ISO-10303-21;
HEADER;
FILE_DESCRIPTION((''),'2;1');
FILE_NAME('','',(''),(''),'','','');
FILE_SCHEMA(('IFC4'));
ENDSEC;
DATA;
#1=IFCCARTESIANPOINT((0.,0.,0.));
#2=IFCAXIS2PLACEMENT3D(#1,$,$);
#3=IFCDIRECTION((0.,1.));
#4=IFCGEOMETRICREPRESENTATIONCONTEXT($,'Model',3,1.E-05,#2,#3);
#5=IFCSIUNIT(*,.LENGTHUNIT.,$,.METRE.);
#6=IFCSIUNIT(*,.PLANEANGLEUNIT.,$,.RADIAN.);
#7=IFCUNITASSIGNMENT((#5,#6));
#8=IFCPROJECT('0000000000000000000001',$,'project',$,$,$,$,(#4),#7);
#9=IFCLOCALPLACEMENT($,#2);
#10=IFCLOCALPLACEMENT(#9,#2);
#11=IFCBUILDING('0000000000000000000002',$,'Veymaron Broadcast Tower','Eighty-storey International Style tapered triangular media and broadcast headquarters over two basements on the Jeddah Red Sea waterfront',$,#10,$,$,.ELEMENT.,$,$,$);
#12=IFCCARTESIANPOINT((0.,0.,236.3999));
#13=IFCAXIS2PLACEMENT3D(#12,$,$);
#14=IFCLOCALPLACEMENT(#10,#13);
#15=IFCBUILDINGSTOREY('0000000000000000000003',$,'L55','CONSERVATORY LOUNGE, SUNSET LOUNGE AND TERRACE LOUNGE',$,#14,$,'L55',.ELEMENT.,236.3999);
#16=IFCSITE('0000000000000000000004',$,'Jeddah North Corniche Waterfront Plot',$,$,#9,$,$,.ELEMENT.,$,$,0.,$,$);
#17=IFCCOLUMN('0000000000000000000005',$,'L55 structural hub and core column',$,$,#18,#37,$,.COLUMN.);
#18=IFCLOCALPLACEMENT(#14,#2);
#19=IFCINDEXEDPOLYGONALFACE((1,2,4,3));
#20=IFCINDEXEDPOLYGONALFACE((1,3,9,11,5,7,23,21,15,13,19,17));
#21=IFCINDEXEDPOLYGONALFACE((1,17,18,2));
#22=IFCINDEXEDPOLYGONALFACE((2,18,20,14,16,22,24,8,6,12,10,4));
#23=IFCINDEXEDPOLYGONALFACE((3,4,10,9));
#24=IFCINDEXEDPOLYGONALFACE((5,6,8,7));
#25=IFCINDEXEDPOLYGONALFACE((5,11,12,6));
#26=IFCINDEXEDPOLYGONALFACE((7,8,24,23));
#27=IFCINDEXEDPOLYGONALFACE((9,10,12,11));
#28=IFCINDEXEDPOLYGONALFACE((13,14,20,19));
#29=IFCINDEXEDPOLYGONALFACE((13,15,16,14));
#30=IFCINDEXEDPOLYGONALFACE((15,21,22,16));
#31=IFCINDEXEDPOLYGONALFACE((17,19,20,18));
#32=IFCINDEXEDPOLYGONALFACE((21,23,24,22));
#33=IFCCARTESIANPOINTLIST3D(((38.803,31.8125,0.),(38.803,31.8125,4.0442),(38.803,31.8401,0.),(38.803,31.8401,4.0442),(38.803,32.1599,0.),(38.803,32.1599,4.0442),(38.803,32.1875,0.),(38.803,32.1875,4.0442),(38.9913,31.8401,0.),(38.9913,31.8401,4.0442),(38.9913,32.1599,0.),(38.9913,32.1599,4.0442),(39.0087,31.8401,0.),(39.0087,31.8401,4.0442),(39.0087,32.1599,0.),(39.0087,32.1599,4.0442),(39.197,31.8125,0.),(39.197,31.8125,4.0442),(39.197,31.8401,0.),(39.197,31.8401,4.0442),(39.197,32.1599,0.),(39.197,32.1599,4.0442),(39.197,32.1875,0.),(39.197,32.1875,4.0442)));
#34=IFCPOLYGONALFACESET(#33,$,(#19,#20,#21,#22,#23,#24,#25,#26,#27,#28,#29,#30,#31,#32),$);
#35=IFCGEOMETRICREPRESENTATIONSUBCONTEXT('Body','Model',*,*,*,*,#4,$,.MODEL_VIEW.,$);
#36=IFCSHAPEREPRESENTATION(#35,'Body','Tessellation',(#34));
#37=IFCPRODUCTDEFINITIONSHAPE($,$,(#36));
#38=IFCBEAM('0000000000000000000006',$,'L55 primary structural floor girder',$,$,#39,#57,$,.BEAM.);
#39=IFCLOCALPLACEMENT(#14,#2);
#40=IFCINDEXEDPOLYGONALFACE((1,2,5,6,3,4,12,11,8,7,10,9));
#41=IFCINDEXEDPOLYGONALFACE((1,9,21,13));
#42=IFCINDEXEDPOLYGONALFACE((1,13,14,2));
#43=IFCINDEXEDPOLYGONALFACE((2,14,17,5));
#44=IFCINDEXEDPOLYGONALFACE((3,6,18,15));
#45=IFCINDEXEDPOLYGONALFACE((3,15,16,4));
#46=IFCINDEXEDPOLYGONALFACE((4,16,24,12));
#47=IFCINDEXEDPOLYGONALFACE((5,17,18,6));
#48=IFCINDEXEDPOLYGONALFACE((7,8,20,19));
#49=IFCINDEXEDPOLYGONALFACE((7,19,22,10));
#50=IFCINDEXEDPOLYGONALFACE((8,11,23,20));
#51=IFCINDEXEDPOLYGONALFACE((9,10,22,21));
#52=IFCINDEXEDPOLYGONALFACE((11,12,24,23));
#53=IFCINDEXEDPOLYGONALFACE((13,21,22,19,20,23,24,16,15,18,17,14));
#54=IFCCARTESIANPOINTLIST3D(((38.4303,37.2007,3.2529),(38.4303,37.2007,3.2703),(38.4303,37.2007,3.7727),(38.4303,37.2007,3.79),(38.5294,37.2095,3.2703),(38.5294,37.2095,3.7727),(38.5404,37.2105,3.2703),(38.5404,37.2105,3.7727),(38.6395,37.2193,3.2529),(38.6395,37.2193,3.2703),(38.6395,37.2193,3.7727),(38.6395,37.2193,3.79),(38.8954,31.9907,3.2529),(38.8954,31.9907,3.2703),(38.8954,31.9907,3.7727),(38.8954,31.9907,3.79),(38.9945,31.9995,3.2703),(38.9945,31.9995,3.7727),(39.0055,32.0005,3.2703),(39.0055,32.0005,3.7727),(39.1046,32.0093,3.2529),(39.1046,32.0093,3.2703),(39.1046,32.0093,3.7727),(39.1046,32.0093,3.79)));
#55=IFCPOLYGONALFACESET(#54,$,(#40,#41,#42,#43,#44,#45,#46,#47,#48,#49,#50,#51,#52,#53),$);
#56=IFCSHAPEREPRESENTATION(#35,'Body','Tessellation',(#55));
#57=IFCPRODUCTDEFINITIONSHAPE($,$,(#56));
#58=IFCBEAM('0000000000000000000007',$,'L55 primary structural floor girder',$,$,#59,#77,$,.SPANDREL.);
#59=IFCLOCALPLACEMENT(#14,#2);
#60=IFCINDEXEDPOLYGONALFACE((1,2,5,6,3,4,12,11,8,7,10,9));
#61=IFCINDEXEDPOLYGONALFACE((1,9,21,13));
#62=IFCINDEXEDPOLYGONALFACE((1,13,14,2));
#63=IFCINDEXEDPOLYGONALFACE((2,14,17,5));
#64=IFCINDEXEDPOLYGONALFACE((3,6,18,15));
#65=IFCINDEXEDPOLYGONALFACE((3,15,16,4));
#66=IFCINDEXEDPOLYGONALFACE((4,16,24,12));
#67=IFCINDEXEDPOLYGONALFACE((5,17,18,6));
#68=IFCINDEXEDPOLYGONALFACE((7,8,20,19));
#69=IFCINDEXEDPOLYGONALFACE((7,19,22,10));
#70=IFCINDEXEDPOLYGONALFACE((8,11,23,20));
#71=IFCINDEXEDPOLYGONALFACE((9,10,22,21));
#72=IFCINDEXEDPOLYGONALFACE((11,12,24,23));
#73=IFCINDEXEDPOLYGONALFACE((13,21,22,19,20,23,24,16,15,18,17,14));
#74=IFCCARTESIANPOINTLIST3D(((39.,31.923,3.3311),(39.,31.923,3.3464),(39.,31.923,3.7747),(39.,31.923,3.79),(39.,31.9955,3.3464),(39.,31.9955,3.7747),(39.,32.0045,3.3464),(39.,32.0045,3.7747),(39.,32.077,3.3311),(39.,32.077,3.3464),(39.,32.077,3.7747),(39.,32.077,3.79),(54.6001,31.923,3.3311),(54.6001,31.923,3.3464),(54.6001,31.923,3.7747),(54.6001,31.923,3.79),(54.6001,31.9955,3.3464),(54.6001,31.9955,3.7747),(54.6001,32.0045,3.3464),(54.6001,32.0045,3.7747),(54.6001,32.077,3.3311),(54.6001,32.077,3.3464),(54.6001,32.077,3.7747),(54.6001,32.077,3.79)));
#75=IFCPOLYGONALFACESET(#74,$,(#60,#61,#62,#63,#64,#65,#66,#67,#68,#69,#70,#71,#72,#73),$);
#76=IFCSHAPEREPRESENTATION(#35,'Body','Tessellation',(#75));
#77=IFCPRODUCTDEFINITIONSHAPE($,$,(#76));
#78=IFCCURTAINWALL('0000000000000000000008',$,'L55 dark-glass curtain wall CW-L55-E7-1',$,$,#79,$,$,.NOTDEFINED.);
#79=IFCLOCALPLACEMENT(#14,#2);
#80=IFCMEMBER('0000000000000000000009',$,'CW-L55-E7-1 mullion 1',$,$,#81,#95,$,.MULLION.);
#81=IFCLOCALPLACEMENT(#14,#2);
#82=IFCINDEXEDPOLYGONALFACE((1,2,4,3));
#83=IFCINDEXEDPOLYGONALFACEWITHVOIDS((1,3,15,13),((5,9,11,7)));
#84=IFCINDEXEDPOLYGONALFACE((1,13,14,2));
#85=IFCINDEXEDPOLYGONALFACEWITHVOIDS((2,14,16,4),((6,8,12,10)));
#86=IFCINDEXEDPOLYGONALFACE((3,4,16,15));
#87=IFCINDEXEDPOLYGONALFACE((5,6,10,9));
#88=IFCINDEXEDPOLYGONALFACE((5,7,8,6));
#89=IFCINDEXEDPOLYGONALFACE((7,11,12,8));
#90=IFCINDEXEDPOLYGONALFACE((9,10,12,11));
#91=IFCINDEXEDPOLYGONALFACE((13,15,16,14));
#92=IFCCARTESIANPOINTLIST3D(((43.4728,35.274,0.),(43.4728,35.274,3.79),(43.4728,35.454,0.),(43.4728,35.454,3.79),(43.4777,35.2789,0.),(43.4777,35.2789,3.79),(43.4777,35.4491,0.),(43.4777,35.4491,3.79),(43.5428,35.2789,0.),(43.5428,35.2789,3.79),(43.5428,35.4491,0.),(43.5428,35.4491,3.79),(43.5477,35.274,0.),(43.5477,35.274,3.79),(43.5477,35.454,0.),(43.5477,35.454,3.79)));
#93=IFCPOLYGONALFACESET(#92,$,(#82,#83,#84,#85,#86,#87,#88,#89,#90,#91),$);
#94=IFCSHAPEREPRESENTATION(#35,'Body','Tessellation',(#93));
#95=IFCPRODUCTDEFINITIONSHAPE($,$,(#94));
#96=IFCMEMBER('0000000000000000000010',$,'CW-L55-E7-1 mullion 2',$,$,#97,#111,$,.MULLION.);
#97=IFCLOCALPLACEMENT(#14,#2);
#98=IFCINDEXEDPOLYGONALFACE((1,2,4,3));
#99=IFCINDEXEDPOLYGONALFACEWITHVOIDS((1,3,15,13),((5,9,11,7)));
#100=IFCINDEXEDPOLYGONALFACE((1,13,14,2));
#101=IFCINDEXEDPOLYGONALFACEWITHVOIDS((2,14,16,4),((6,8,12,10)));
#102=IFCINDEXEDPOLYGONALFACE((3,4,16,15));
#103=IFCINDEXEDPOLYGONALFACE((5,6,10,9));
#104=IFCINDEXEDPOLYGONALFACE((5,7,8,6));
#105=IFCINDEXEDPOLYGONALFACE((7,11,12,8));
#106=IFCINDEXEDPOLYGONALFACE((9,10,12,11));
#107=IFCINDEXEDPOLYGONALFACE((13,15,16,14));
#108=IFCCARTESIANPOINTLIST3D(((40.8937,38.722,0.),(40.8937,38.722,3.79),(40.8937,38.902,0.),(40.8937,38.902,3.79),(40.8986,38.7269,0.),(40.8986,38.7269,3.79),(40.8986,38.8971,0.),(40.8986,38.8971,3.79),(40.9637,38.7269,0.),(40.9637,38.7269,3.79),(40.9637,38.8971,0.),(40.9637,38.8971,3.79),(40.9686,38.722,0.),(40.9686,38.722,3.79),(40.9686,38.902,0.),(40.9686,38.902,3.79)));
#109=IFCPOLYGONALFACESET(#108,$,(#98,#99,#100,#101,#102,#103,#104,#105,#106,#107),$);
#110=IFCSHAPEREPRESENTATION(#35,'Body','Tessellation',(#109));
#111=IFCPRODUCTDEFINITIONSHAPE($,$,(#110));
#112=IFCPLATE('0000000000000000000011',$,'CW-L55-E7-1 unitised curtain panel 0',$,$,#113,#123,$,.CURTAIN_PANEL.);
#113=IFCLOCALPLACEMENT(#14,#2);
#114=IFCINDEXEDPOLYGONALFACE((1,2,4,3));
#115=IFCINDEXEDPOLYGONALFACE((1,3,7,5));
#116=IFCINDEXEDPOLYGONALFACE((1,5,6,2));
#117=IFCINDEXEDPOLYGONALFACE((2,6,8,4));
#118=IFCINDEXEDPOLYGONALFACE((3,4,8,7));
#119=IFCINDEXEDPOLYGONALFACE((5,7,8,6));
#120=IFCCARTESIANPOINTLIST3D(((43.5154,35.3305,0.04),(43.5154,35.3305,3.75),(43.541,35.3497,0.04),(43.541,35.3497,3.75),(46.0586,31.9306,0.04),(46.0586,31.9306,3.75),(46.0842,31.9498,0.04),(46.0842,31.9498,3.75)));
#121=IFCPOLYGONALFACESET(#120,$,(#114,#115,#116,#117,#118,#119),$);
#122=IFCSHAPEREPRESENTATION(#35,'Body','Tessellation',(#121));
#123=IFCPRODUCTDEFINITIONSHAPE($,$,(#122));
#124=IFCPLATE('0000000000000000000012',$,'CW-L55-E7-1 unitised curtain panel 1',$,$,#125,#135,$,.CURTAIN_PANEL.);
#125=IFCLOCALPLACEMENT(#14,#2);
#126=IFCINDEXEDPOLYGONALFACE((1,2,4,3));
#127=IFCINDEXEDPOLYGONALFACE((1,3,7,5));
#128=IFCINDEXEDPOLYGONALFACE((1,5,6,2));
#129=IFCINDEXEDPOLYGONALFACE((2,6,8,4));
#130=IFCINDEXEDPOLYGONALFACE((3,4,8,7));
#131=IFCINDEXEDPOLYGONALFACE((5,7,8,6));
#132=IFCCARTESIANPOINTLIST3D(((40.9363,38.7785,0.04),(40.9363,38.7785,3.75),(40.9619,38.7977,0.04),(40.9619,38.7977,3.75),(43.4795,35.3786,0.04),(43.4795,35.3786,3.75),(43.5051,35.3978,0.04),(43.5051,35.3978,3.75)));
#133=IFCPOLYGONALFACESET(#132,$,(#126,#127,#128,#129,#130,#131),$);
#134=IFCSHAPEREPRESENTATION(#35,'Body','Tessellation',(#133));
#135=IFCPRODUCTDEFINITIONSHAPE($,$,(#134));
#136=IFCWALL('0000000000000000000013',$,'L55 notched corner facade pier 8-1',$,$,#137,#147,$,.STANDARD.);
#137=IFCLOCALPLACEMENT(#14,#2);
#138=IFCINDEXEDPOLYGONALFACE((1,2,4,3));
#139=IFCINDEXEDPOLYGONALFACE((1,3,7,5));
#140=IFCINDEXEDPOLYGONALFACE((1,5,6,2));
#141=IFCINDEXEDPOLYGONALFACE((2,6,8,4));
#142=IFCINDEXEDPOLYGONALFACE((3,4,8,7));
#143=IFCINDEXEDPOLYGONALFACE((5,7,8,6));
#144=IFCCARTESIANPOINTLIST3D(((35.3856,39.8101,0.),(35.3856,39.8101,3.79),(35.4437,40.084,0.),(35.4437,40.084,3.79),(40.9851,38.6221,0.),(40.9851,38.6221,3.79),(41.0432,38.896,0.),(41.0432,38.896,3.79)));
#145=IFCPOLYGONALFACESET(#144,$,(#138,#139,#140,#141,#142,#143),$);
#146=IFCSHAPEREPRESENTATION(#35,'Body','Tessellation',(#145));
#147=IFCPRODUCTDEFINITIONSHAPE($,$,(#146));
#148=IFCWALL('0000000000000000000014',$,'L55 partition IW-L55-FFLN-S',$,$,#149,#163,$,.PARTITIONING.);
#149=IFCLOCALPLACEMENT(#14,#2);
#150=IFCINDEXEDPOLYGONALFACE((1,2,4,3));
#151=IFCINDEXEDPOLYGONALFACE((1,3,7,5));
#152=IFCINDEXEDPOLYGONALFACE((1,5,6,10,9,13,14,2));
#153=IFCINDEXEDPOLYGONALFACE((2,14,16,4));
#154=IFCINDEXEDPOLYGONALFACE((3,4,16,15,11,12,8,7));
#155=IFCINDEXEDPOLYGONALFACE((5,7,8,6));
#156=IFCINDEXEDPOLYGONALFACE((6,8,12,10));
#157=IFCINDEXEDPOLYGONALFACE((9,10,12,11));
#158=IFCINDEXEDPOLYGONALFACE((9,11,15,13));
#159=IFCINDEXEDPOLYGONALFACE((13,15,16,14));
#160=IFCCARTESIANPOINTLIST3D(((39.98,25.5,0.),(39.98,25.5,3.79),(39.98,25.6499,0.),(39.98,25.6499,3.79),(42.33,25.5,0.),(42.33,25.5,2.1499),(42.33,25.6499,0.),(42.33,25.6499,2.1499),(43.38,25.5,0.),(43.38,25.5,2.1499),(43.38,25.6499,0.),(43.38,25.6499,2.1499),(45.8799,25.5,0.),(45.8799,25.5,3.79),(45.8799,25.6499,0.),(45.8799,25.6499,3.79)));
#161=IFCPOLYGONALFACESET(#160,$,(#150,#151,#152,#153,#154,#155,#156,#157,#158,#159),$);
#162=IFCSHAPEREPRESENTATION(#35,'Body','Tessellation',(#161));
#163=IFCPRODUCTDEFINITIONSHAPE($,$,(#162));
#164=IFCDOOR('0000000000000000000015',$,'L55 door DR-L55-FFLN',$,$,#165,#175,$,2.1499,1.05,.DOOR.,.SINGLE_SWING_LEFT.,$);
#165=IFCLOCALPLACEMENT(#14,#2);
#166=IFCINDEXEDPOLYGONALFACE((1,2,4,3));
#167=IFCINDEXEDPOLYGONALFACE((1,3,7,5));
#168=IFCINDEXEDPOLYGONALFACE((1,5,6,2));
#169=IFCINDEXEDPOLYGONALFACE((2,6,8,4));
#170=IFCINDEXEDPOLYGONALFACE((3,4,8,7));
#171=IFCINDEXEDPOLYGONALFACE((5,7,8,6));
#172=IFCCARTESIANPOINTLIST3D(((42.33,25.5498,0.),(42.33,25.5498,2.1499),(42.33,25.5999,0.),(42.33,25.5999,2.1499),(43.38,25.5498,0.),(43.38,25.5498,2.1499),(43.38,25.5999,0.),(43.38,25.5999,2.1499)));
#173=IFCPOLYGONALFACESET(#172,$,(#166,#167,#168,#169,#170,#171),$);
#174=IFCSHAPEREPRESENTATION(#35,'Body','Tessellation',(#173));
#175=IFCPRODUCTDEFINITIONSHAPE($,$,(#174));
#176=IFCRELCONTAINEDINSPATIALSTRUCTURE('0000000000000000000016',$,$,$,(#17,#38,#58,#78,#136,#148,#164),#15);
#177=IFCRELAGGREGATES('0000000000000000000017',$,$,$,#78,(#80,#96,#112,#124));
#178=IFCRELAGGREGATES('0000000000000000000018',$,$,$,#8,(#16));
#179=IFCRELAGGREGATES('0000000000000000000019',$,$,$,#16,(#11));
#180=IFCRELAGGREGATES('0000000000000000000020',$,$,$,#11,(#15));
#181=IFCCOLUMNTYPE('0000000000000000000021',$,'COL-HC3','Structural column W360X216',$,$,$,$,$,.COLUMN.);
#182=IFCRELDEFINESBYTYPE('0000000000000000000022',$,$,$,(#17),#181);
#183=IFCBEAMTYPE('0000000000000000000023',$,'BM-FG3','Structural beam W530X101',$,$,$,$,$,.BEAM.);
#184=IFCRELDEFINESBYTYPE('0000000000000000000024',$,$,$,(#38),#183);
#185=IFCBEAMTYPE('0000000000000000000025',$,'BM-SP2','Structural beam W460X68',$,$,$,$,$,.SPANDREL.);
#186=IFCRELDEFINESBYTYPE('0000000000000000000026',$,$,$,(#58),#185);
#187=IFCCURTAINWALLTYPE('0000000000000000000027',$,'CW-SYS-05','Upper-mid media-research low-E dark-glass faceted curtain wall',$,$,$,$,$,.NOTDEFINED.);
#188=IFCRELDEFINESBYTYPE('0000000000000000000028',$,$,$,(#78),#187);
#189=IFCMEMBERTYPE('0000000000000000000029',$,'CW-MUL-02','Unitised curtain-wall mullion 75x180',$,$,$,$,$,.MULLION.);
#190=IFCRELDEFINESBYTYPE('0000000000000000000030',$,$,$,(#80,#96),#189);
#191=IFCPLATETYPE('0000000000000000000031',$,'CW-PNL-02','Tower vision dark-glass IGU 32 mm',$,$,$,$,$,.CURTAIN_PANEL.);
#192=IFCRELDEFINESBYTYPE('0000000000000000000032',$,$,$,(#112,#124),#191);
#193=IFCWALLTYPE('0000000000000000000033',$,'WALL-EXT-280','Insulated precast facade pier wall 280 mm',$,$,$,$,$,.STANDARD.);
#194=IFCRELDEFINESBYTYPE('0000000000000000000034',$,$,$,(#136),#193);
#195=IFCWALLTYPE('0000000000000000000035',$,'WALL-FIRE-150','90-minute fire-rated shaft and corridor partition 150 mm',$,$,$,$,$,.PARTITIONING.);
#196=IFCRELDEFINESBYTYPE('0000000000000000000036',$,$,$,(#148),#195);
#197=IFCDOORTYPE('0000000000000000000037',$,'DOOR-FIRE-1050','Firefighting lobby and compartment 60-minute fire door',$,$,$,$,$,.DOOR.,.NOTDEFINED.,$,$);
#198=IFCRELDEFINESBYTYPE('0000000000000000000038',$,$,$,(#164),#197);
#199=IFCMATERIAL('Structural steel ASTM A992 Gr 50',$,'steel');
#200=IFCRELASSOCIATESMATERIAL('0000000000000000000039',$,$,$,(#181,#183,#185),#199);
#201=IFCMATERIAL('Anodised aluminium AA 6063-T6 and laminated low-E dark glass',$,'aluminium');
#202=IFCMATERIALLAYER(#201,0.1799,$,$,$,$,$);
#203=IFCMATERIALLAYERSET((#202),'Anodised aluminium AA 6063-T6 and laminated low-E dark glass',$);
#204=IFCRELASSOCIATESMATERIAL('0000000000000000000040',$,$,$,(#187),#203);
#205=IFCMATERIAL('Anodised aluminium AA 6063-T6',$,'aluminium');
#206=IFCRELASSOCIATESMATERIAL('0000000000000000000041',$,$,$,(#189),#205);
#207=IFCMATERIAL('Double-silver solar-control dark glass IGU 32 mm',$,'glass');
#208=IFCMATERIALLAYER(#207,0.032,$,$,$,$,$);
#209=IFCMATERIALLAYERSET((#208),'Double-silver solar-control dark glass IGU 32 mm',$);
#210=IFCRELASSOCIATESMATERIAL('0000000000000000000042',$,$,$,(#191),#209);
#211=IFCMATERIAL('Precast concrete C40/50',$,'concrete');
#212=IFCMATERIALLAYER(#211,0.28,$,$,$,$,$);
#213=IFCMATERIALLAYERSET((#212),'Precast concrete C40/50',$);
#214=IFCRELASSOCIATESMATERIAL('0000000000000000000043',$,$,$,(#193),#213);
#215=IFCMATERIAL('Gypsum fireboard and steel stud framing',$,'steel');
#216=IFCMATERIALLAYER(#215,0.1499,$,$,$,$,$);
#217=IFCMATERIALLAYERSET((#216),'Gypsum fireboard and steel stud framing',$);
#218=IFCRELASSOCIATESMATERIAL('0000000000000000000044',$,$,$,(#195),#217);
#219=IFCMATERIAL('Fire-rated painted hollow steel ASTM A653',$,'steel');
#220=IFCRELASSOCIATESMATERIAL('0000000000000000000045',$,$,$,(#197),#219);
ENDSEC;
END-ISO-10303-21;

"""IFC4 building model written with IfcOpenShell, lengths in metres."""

from ifc_helpers import new_model, si_unit, direction, frame, frame_2d, origin, origin_2d, place, context, subcontext, project, spatial, rectangle, hollow_rectangle, i_section, extrude, material, layer, layer_set, material_profile, profile_set, type_object, element, fill, aggregate, save


model = new_model("IFC4")

# Units and contexts
model_context = context("Model", 3, precision=1e-05, world=origin(), true_north=direction((0.0, 1.0)))
body_context = subcontext(model_context, "Body", "Model", "MODEL_VIEW")
ifc_project = project(units=[si_unit("LENGTHUNIT", "METRE"), si_unit("PLANEANGLEUNIT", "RADIAN")], contexts=[model_context])

# Site, building, storey
site_placement = place(None, origin())
site = spatial("IfcSite", under=ifc_project, at=site_placement, Name="Jeddah North Corniche Waterfront Plot", CompositionType="ELEMENT", RefElevation=0.0)
building_placement = place(site_placement, origin())
building = spatial("IfcBuilding", under=site, at=building_placement, Name="Veymaron Broadcast Tower", Description="Eighty-storey International Style tapered triangular media and broadcast headquarters over two basements on the Jeddah Red Sea waterfront", CompositionType="ELEMENT")
storey_placement = place(building_placement, frame((0.0, 0.0, 236.3999)))
storey = spatial("IfcBuildingStorey", under=building, at=storey_placement, Name="L55", Description="CONSERVATORY LOUNGE, SUNSET LOUNGE AND TERRACE LOUNGE", LongName="L55", CompositionType="ELEMENT", Elevation=236.3999)

# Column
ifc_material_1 = material(Name="Structural steel ASTM A992 Gr 50", Category="steel")
ifc_material_profile_1 = material_profile(ifc_material_1, i_section(OverallWidth=0.394, OverallDepth=0.375, WebThickness=0.0173, FlangeThickness=0.0276, at=origin_2d()), Name="W360X216")
ifc_profile_set_1 = profile_set([ifc_material_profile_1], Name="Structural steel ASTM A992 Gr 50")
column_type = type_object("IfcColumnType", Name="COL-HC3", Description="Structural column W360X216", PredefinedType="COLUMN", material=ifc_profile_set_1)
column_placement = place(storey_placement, frame((39.0, 32.0, 0.0), z_axis=(0.0, 0.0, 1.0), x_axis=(1.0, 0.0, 0.0)))
element("IfcColumn", 1, at=column_placement, inside=storey, type_object=column_type, Name="L55 structural hub and core column", PredefinedType="COLUMN", context=body_context, shape_type="SweptSolid", body=[
    extrude(i_section(OverallWidth=0.394, OverallDepth=0.375, WebThickness=0.0173, FlangeThickness=0.0276, at=origin_2d()), origin(), (0.0, 0.0, 1.0), 4.0442),
])

# Beams
ifc_material_profile_2 = material_profile(ifc_material_1, i_section(OverallWidth=0.21, OverallDepth=0.5371, WebThickness=0.011, FlangeThickness=0.0173, at=origin_2d()), Name="W530X101")
ifc_profile_set_2 = profile_set([ifc_material_profile_2], Name="Structural steel ASTM A992 Gr 50")
beam_type_1 = type_object("IfcBeamType", Name="BM-FG3", Description="Structural beam W530X101", PredefinedType="BEAM", material=ifc_profile_set_2)
beam_1_placement = place(storey_placement, frame((39.0, 32.0, 3.5215), z_axis=(-0.088915, 0.996039, 0.0), x_axis=(-0.996039, -0.088915, 0.0)))
element("IfcBeam", 2, at=beam_1_placement, inside=storey, type_object=beam_type_1, Name="L55 primary structural floor girder", PredefinedType="BEAM", context=body_context, shape_type="SweptSolid", body=[
    extrude(i_section(OverallWidth=0.21, OverallDepth=0.5371, WebThickness=0.011, FlangeThickness=0.0173, at=origin_2d()), origin(), (0.0, 0.0, 1.0), 5.2307),
])
ifc_material_profile_3 = material_profile(ifc_material_1, i_section(OverallWidth=0.1541, OverallDepth=0.459, WebThickness=0.009, FlangeThickness=0.0154, at=origin_2d()), Name="W460X68")
ifc_profile_set_3 = profile_set([ifc_material_profile_3], Name="Structural steel ASTM A992 Gr 50")
beam_type_2 = type_object("IfcBeamType", Name="BM-SP2", Description="Structural beam W460X68", PredefinedType="SPANDREL", material=ifc_profile_set_3)
beam_2_placement = place(storey_placement, frame((39.0, 32.0, 3.5605), z_axis=(1.0, 0.0, 0.0), x_axis=(0.0, 1.0, 0.0)))
element("IfcBeam", 3, at=beam_2_placement, inside=storey, type_object=beam_type_2, Name="L55 primary structural floor girder", PredefinedType="SPANDREL", context=body_context, shape_type="SweptSolid", body=[
    extrude(i_section(OverallWidth=0.1541, OverallDepth=0.459, WebThickness=0.009, FlangeThickness=0.0154, at=origin_2d()), origin(), (0.0, 0.0, 1.0), 15.6001),
])

# Curtain wall, members, plates
ifc_material_2 = material(Name="Anodised aluminium AA 6063-T6 and laminated low-E dark glass", Category="aluminium")
ifc_layer_1 = layer(ifc_material_2, 0.1799)
ifc_layer_set_1 = layer_set([ifc_layer_1], Name="Anodised aluminium AA 6063-T6 and laminated low-E dark glass")
curtain_wall_type = type_object("IfcCurtainWallType", Name="CW-SYS-05", Description="Upper-mid media-research low-E dark-glass faceted curtain wall", PredefinedType="NOTDEFINED", material=ifc_layer_set_1)
curtain_wall_placement = place(storey_placement, origin())
curtain_wall = element("IfcCurtainWall", 4, at=curtain_wall_placement, inside=storey, type_object=curtain_wall_type, Name="L55 dark-glass curtain wall CW-L55-E7-1", PredefinedType="NOTDEFINED")
ifc_material_3 = material(Name="Anodised aluminium AA 6063-T6", Category="aluminium")
ifc_material_profile_4 = material_profile(ifc_material_3, hollow_rectangle(XDim=0.075, YDim=0.1799, WallThickness=0.0049, at=origin_2d()), Name="AL180X75X5")
ifc_profile_set_4 = profile_set([ifc_material_profile_4], Name="Anodised aluminium AA 6063-T6")
member_type = type_object("IfcMemberType", Name="CW-MUL-02", Description="Unitised curtain-wall mullion 75x180", PredefinedType="MULLION", material=ifc_profile_set_4)
member_1_placement = place(storey_placement, frame((43.5103, 35.364, 0.0), z_axis=(0.0, 0.0, 1.0), x_axis=(1.0, 0.0, 0.0)))
member_1 = element("IfcMember", 5, at=member_1_placement, type_object=member_type, Name="CW-L55-E7-1 mullion 1", PredefinedType="MULLION", context=body_context, shape_type="SweptSolid", body=[
    extrude(hollow_rectangle(XDim=0.075, YDim=0.1799, WallThickness=0.0049, at=origin_2d()), origin(), (0.0, 0.0, 1.0), 3.79),
])
member_2_placement = place(storey_placement, frame((40.9312, 38.812, 0.0), z_axis=(0.0, 0.0, 1.0), x_axis=(1.0, 0.0, 0.0)))
member_2 = element("IfcMember", 6, at=member_2_placement, type_object=member_type, Name="CW-L55-E7-1 mullion 2", PredefinedType="MULLION", context=body_context, shape_type="SweptSolid", body=[
    extrude(hollow_rectangle(XDim=0.075, YDim=0.1799, WallThickness=0.0049, at=origin_2d()), origin(), (0.0, 0.0, 1.0), 3.79),
])
ifc_material_4 = material(Name="Double-silver solar-control dark glass IGU 32 mm", Category="glass")
ifc_layer_2 = layer(ifc_material_4, 0.032)
ifc_layer_set_2 = layer_set([ifc_layer_2], Name="Double-silver solar-control dark glass IGU 32 mm")
plate_type = type_object("IfcPlateType", Name="CW-PNL-02", Description="Tower vision dark-glass IGU 32 mm", PredefinedType="CURTAIN_PANEL", material=ifc_layer_set_2)
plate_1_placement = place(storey_placement, frame((44.7998, 33.6401, 0.04), z_axis=(0.0, 0.0, 1.0), x_axis=(-0.598996, 0.800752, 0.0)))
plate_1 = element("IfcPlate", 7, at=plate_1_placement, type_object=plate_type, Name="CW-L55-E7-1 unitised curtain panel 0", PredefinedType="CURTAIN_PANEL", context=body_context, shape_type="SweptSolid", body=[
    extrude(rectangle(XDim=4.2458, YDim=0.032, at=origin_2d()), origin(), (0.0, 0.0, 1.0), 3.71),
])
plate_2_placement = place(storey_placement, frame((42.2207, 37.0881, 0.04), z_axis=(0.0, 0.0, 1.0), x_axis=(-0.598996, 0.800752, 0.0)))
plate_2 = element("IfcPlate", 8, at=plate_2_placement, type_object=plate_type, Name="CW-L55-E7-1 unitised curtain panel 1", PredefinedType="CURTAIN_PANEL", context=body_context, shape_type="SweptSolid", body=[
    extrude(rectangle(XDim=4.2458, YDim=0.032, at=origin_2d()), origin(), (0.0, 0.0, 1.0), 3.71),
])
aggregate(curtain_wall, [member_1, member_2, plate_1, plate_2])

# Wall
ifc_material_5 = material(Name="Precast concrete C40/50", Category="concrete")
ifc_layer_3 = layer(ifc_material_5, 0.28)
ifc_layer_set_3 = layer_set([ifc_layer_3], Name="Precast concrete C40/50")
wall_type_1 = type_object("IfcWallType", Name="WALL-EXT-280", Description="Insulated precast facade pier wall 280 mm", PredefinedType="STANDARD", material=ifc_layer_set_3)
wall_1_placement = place(storey_placement, frame((41.0142, 38.759, 0.0), z_axis=(0.0, 0.0, 1.0), x_axis=(-0.978225, 0.207545, 0.0)))
element("IfcWall", 9, at=wall_1_placement, inside=storey, type_object=wall_type_1, Name="L55 notched corner facade pier 8-1", PredefinedType="STANDARD", context=body_context, shape_type="SweptSolid", body=[
    extrude(rectangle(XDim=5.7241, YDim=0.28, at=frame_2d((2.8621, 0.0))), origin(), (0.0, 0.0, 1.0), 3.79),
])

# Wall, opening, door
ifc_material_6 = material(Name="Gypsum fireboard and steel stud framing", Category="steel")
ifc_layer_4 = layer(ifc_material_6, 0.1499)
ifc_layer_set_4 = layer_set([ifc_layer_4], Name="Gypsum fireboard and steel stud framing")
wall_type_2 = type_object("IfcWallType", Name="WALL-FIRE-150", Description="90-minute fire-rated shaft and corridor partition 150 mm", PredefinedType="PARTITIONING", material=ifc_layer_set_4)
wall_2_placement = place(storey_placement, frame((39.98, 25.575, 0.0), z_axis=(0.0, 0.0, 1.0), x_axis=(1.0, 0.0, 0.0)))
wall_2 = element("IfcWall", 10, at=wall_2_placement, inside=storey, type_object=wall_type_2, Name="L55 partition IW-L55-FFLN-S", PredefinedType="PARTITIONING", context=body_context, shape_type="SweptSolid", body=[
    extrude(rectangle(XDim=5.8999, YDim=0.1499, at=frame_2d((2.95, 0.0))), origin(), (0.0, 0.0, 1.0), 3.79),
])
opening_1_placement = place(wall_2_placement, frame((2.3501, 0.0, 0.0)))
opening_1 = element("IfcOpeningElement", 11, at=opening_1_placement, cuts=wall_2, PredefinedType="OPENING", context=body_context, shape_type="SweptSolid", body=[
    extrude(rectangle(XDim=1.05, YDim=2.1499, at=frame_2d((0.5249, 1.075))), frame((0.0, 0.085, 0.0), z_axis=(0.0, -1.0, 0.0), x_axis=(1.0, 0.0, 0.0)), (0.0, 0.0, 1.0), 0.1699),
])
ifc_material_7 = material(Name="Fire-rated painted hollow steel ASTM A653", Category="steel")
door_type_1 = type_object("IfcDoorType", Name="DOOR-FIRE-1050", Description="Firefighting lobby and compartment 60-minute fire door", OperationType="NOTDEFINED", PredefinedType="DOOR", material=ifc_material_7)
door_1_placement = place(opening_1_placement, origin())
door_1 = element("IfcDoor", 12, at=door_1_placement, inside=storey, type_object=door_type_1, Name="L55 door DR-L55-FFLN", OperationType="SINGLE_SWING_LEFT", OverallHeight=2.1499, OverallWidth=1.05, PredefinedType="DOOR", context=body_context, shape_type="SweptSolid", body=[
    extrude(rectangle(XDim=1.05, YDim=2.1499, at=frame_2d((0.5249, 1.075))), frame((0.0, 0.0249, 0.0), z_axis=(0.0, -1.0, 0.0), x_axis=(1.0, 0.0, 0.0)), (0.0, 0.0, 1.0), 0.05),
])
fill(opening_1, door_1)

save(model, "model.ifc")
